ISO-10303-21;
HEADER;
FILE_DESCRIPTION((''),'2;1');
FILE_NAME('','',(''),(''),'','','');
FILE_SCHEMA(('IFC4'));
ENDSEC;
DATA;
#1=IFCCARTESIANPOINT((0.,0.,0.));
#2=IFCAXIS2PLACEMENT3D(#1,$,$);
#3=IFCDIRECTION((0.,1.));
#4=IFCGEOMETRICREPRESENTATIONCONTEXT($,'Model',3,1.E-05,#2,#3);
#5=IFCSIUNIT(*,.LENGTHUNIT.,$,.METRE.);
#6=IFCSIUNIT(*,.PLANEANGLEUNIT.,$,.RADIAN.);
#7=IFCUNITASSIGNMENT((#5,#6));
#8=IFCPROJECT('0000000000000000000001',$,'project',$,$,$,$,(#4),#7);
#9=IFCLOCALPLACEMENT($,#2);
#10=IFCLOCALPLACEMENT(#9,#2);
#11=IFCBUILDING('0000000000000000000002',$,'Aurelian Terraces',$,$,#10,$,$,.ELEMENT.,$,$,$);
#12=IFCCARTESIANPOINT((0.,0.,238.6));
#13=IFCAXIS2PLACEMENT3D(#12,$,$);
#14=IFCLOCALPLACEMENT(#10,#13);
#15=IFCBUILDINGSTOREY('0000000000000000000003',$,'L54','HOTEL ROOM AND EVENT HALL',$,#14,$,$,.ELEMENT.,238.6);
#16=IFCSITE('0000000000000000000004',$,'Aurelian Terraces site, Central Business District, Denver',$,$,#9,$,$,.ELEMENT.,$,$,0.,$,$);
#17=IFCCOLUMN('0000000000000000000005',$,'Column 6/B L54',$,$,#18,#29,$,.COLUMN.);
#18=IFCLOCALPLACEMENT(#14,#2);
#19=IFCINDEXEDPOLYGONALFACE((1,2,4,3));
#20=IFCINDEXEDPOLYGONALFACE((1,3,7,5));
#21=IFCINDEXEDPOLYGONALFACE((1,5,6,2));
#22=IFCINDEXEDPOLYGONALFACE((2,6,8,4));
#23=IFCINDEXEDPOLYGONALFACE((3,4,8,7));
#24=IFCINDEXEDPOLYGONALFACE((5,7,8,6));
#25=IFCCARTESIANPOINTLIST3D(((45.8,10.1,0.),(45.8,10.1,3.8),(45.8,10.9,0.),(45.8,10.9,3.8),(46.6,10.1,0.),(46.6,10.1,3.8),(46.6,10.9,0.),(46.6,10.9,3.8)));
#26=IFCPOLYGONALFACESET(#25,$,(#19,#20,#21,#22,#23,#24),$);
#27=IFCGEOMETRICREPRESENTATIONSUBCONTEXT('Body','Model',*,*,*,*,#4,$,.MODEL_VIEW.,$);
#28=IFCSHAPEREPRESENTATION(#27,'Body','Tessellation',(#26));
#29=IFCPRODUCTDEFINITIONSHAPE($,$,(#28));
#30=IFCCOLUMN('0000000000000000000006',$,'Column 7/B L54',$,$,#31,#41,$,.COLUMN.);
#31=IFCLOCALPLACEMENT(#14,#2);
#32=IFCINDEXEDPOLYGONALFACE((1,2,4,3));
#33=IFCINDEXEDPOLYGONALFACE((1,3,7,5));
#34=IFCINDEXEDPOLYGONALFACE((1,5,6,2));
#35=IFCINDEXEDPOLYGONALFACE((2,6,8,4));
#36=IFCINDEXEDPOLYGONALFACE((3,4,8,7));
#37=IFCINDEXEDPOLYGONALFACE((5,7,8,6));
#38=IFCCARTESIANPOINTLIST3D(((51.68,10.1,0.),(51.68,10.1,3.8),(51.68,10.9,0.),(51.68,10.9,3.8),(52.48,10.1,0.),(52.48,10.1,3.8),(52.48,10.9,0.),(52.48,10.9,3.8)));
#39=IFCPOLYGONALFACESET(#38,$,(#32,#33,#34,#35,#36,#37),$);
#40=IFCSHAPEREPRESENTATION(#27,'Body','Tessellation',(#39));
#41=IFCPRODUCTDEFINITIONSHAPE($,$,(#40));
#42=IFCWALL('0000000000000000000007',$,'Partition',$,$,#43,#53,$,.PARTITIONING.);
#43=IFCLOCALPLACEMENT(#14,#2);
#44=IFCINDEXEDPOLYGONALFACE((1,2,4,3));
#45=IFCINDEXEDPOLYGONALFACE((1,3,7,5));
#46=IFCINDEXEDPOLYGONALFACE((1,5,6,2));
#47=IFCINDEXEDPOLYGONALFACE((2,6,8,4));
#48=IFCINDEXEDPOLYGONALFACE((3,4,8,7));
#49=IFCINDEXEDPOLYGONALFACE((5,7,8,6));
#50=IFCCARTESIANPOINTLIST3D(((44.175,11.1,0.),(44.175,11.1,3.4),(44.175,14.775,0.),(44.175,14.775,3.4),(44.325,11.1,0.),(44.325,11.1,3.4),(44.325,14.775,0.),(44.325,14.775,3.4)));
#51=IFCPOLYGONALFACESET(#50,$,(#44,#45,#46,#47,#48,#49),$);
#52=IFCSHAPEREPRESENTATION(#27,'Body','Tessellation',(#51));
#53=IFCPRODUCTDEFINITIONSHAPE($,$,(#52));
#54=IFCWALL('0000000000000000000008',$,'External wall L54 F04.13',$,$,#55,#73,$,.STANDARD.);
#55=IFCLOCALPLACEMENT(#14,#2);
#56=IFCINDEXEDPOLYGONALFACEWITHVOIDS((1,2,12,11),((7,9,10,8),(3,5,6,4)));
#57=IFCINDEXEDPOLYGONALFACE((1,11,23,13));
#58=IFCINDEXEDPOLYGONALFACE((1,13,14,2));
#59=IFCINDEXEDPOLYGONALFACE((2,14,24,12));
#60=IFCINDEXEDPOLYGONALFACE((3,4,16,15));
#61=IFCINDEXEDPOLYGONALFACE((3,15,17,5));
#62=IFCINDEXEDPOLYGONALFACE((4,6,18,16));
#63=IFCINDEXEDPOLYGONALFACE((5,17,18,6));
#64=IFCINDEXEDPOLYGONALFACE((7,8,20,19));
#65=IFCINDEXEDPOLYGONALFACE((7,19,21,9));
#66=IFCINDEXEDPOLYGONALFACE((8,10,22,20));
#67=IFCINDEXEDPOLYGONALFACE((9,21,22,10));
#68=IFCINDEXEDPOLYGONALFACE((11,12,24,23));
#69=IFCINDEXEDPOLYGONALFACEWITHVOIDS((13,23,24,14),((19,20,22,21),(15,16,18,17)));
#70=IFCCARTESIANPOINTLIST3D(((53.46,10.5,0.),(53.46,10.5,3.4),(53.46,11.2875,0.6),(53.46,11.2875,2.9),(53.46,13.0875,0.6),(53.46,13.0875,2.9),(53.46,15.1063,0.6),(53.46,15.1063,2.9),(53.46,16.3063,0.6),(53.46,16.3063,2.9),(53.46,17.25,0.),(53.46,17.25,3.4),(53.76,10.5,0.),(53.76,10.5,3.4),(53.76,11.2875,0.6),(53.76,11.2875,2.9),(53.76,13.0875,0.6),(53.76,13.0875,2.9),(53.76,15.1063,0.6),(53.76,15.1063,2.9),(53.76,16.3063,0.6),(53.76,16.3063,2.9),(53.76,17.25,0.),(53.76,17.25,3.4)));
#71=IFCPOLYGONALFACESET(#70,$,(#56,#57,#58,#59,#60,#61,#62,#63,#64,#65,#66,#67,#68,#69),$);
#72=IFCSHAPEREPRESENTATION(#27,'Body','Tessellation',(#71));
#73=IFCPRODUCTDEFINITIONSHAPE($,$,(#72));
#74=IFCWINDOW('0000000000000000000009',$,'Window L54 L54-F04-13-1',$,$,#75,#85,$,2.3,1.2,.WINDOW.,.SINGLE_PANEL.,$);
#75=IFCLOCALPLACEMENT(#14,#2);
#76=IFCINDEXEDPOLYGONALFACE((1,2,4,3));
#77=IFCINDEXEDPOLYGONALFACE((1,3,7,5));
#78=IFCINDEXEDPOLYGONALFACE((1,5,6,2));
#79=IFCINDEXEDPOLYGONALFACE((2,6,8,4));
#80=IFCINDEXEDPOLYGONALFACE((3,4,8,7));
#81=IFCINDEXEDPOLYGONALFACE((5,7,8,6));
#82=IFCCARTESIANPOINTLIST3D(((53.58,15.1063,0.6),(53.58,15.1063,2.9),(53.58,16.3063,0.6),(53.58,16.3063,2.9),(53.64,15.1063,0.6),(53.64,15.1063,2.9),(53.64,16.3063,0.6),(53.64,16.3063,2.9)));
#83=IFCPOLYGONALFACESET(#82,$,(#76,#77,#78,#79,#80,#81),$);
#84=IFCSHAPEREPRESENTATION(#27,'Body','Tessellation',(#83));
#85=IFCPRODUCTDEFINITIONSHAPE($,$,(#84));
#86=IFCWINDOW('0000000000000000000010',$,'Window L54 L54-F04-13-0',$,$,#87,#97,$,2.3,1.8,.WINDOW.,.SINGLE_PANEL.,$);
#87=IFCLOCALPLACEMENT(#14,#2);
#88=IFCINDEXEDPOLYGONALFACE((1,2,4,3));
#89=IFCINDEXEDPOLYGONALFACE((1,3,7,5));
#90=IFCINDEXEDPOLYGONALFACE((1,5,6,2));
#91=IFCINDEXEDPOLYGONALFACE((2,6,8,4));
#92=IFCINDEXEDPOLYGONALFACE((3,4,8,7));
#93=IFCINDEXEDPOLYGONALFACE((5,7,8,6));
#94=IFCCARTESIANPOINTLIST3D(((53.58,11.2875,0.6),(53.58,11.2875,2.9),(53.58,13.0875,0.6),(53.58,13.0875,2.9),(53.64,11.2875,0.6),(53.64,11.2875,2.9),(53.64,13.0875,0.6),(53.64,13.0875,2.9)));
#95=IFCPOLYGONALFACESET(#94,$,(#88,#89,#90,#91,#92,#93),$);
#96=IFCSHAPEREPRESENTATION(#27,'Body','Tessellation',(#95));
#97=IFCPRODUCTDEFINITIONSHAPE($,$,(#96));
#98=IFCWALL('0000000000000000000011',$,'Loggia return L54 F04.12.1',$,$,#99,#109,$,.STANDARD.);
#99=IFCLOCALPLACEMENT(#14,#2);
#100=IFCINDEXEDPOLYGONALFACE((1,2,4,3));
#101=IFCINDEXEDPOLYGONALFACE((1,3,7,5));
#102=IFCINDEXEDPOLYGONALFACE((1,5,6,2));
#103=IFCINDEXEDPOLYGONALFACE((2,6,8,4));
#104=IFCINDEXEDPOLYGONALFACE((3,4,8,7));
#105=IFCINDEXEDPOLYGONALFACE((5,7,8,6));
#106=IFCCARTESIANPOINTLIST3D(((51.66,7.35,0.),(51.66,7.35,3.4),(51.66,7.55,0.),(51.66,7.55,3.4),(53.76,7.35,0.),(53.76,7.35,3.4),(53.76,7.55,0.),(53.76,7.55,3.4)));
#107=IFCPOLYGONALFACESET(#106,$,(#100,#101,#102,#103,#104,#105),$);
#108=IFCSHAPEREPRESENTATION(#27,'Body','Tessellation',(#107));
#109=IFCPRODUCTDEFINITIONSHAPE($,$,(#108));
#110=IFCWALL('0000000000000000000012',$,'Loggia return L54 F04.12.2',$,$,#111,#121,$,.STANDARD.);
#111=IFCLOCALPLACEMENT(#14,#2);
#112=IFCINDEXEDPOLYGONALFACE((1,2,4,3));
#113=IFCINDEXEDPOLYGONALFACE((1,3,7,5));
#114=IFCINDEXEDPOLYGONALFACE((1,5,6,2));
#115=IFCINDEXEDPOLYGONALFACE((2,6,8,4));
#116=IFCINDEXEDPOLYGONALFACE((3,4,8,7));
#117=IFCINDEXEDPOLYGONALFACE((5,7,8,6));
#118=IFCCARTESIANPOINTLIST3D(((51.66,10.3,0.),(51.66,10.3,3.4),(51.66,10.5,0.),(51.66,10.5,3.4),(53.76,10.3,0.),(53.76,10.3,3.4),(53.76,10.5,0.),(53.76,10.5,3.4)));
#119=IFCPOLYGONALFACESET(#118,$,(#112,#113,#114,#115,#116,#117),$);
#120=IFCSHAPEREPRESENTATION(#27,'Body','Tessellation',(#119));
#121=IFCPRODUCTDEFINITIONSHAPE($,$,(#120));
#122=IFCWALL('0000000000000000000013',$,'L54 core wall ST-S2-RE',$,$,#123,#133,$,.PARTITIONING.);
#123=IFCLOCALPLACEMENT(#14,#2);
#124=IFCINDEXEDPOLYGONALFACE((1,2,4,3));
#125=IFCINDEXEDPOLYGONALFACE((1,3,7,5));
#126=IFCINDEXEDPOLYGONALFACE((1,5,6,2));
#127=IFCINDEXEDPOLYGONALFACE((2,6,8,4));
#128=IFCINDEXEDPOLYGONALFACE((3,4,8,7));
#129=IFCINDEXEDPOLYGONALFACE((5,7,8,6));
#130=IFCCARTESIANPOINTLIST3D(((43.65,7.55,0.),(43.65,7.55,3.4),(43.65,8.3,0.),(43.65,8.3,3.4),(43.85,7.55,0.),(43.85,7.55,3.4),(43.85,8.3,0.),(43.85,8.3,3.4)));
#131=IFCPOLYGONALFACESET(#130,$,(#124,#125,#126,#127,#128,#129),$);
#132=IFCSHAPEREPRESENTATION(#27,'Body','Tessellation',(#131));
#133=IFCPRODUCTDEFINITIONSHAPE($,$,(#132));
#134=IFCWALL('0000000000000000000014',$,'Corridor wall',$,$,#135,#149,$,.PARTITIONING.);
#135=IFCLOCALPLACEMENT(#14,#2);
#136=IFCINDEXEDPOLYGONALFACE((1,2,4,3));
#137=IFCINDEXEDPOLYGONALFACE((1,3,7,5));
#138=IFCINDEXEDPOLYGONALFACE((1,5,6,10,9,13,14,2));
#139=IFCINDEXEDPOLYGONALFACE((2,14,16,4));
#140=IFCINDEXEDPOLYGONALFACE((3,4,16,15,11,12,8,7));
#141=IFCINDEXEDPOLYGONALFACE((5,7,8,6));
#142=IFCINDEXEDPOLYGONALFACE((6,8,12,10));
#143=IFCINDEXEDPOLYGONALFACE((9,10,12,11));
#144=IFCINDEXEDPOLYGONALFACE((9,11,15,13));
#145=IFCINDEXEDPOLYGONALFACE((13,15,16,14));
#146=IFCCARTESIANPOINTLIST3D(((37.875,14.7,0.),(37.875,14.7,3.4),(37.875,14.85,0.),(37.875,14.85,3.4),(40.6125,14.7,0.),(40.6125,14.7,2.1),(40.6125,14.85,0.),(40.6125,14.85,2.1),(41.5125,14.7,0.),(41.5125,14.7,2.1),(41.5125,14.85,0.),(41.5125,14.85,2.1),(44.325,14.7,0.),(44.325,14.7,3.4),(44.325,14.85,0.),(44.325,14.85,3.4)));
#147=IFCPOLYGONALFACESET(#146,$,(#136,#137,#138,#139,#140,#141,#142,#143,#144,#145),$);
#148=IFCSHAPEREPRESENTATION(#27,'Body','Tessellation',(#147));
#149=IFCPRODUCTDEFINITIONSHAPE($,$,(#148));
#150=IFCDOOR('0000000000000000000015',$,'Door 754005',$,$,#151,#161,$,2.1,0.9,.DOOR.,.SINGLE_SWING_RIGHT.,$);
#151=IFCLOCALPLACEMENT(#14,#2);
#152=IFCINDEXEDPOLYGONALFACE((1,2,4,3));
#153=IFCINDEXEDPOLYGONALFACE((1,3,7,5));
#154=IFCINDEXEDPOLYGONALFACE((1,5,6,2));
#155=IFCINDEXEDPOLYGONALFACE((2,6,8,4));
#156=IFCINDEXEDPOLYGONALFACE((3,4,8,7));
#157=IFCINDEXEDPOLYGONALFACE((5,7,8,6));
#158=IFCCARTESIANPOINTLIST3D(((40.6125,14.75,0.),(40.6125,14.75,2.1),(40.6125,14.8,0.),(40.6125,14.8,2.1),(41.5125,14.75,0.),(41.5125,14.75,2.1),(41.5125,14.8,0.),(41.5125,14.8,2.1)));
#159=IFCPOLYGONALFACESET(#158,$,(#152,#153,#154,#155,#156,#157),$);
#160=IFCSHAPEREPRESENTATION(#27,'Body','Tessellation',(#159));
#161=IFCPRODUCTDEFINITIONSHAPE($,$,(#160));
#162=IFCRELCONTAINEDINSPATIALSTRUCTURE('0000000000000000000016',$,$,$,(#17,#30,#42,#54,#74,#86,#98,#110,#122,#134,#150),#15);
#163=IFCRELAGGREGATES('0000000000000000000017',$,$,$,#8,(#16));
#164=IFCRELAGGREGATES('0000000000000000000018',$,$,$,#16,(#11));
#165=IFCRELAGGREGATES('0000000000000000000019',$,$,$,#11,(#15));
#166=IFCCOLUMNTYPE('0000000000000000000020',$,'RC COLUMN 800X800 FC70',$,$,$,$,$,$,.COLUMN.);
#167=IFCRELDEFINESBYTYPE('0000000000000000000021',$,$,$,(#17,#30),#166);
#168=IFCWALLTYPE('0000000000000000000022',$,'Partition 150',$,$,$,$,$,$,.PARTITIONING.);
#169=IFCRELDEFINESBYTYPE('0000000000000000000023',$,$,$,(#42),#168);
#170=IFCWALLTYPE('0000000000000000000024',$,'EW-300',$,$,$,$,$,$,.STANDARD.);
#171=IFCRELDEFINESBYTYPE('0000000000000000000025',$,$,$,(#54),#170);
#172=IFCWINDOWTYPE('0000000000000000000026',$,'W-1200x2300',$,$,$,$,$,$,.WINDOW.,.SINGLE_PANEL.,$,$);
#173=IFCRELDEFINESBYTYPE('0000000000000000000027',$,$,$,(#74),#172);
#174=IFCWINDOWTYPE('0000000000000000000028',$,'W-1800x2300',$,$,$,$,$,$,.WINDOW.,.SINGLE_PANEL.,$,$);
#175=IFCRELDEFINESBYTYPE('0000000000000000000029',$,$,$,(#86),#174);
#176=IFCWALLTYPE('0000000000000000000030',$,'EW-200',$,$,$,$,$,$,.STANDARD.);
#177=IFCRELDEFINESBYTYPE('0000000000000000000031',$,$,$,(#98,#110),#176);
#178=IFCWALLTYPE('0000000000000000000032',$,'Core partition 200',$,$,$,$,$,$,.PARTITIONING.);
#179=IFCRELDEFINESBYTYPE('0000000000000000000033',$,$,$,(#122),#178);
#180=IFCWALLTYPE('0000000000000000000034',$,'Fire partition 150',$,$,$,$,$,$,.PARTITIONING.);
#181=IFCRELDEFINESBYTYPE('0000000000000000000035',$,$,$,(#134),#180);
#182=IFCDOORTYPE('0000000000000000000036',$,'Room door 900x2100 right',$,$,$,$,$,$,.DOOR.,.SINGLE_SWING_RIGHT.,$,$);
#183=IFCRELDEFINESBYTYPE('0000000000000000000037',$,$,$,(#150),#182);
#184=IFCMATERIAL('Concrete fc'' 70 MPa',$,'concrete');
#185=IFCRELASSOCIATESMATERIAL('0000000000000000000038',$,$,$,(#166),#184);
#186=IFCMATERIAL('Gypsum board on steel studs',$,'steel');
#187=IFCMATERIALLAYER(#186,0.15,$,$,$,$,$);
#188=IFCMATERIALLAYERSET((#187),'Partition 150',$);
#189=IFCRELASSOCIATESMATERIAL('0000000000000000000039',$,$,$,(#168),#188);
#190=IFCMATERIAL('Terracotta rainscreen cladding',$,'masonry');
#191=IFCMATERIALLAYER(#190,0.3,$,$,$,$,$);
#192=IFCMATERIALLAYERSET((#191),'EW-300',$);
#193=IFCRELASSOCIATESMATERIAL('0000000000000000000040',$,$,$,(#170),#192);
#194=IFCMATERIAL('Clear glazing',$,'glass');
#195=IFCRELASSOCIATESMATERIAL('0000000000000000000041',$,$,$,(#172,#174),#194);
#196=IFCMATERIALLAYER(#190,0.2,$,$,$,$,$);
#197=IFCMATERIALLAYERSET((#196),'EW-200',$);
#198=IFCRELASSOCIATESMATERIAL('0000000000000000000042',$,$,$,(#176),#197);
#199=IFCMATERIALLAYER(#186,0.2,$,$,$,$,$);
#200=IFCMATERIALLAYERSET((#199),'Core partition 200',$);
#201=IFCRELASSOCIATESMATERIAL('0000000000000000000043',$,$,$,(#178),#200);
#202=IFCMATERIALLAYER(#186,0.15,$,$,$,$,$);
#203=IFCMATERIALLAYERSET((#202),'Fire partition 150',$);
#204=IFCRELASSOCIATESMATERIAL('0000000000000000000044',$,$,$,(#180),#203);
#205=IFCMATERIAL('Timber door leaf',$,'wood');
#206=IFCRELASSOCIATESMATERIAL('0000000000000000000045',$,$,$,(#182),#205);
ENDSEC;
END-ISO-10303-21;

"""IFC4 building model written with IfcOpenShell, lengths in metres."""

from ifc_helpers import new_model, si_unit, direction, frame, frame_2d, origin, origin_2d, place, context, subcontext, project, spatial, rectangle, extrude, source, transform, mapped, material, layer, layer_set, material_profile, profile_set, type_object, element, fill, save


model = new_model("IFC4")

# Units and contexts
model_context = context("Model", 3, precision=1e-05, world=origin(), true_north=direction((0.0, 1.0)))
body_context = subcontext(model_context, "Body", "Model", "MODEL_VIEW")
ifc_project = project(units=[si_unit("LENGTHUNIT", "METRE"), si_unit("PLANEANGLEUNIT", "RADIAN")], contexts=[model_context])

# Site, building, storey
site_placement = place(None, origin())
site = spatial("IfcSite", under=ifc_project, at=site_placement, Name="Aurelian Terraces site, Central Business District, Denver", CompositionType="ELEMENT", RefElevation=0.0)
building_placement = place(site_placement, origin())
building = spatial("IfcBuilding", under=site, at=building_placement, Name="Aurelian Terraces", CompositionType="ELEMENT")
storey_placement = place(building_placement, frame((0.0, 0.0, 238.6)))
storey = spatial("IfcBuildingStorey", under=building, at=storey_placement, Name="L54", Description="HOTEL ROOM AND EVENT HALL", CompositionType="ELEMENT", Elevation=238.6)

# Columns
ifc_material_1 = material(Name="Concrete fc' 70 MPa", Category="concrete")
ifc_material_profile = material_profile(ifc_material_1, rectangle(XDim=0.8, YDim=0.8, at=origin_2d()))
ifc_profile_set = profile_set([ifc_material_profile], Name="Concrete fc' 70 MPa")
column_type = type_object("IfcColumnType", Name="RC COLUMN 800X800 FC70", PredefinedType="COLUMN", material=ifc_profile_set)
shared_shape_1 = source(origin(), body_context, "Body", "SweptSolid", [
    extrude(rectangle(XDim=0.8, YDim=0.8, at=origin_2d()), origin(), (0.0, 0.0, 1.0), 3.8),
])
for number, where, z_axis, x_axis, name in (
    (1, (46.2, 10.5, 0.0), (0.0, 0.0, 1.0), (1.0, 0.0, 0.0), "Column 6/B L54"),
    (2, (52.08, 10.5, 0.0), (0.0, 0.0, 1.0), (1.0, 0.0, 0.0), "Column 7/B L54"),
):
    element("IfcColumn", number, at=place(storey_placement, frame(where, z_axis=z_axis, x_axis=x_axis)), inside=storey, type_object=column_type, Name=name, PredefinedType="COLUMN", context=body_context, shape_type="MappedRepresentation", body=[
        mapped(shared_shape_1, transform((0.0, 0.0, 0.0), scale=1.0)),
    ])

# Wall
ifc_material_2 = material(Name="Gypsum board on steel studs", Category="steel")
ifc_layer_1 = layer(ifc_material_2, 0.15)
ifc_layer_set_1 = layer_set([ifc_layer_1], Name="Partition 150")
wall_type_1 = type_object("IfcWallType", Name="Partition 150", PredefinedType="PARTITIONING", material=ifc_layer_set_1)
wall_1_placement = place(storey_placement, frame((44.25, 11.1, 0.0), z_axis=(0.0, 0.0, 1.0), x_axis=(0.0, 1.0, 0.0)))
element("IfcWall", 3, at=wall_1_placement, inside=storey, type_object=wall_type_1, Name="Partition", PredefinedType="PARTITIONING", context=body_context, shape_type="SweptSolid", body=[
    extrude(rectangle(XDim=3.675, YDim=0.15, at=frame_2d((1.8375, 0.0))), origin(), (0.0, 0.0, 1.0), 3.4),
])

# Wall, openings, windows
ifc_material_3 = material(Name="Terracotta rainscreen cladding", Category="masonry")
ifc_layer_2 = layer(ifc_material_3, 0.3)
ifc_layer_set_2 = layer_set([ifc_layer_2], Name="EW-300")
wall_type_2 = type_object("IfcWallType", Name="EW-300", PredefinedType="STANDARD", material=ifc_layer_set_2)
shared_shape_2 = source(origin(), body_context, "Body", "SweptSolid", [
    extrude(rectangle(XDim=6.75, YDim=0.3, at=frame_2d((3.375, 0.0))), origin(), (0.0, 0.0, 1.0), 3.4),
])
wall_2_placement = place(storey_placement, frame((53.61, 10.5, 0.0), z_axis=(0.0, 0.0, 1.0), x_axis=(0.0, 1.0, 0.0)))
wall_2 = element("IfcWall", 4, at=wall_2_placement, inside=storey, type_object=wall_type_2, Name="External wall L54 F04.13", PredefinedType="STANDARD", context=body_context, shape_type="MappedRepresentation", body=[
    mapped(shared_shape_2, transform((0.0, 0.0, 0.0), scale=1.0)),
])
shared_shape_3 = source(origin(), body_context, "Body", "SweptSolid", [
    extrude(rectangle(XDim=1.8, YDim=2.3, at=frame_2d((0.9, 1.15))), frame((0.0, 0.16, 0.0), z_axis=(0.0, -1.0, 0.0), x_axis=(1.0, 0.0, 0.0)), (0.0, 0.0, 1.0), 0.32),
])
opening_1_placement = place(wall_2_placement, frame((0.7875, 0.0, 0.6)))
opening_1 = element("IfcOpeningElement", 5, at=opening_1_placement, cuts=wall_2, PredefinedType="OPENING", context=body_context, shape_type="MappedRepresentation", body=[
    mapped(shared_shape_3, transform((0.0, 0.0, 0.0), scale=1.0)),
])
shared_shape_4 = source(origin(), body_context, "Body", "SweptSolid", [
    extrude(rectangle(XDim=1.2, YDim=2.3, at=frame_2d((0.6, 1.15))), frame((0.0, 0.16, 0.0), z_axis=(0.0, -1.0, 0.0), x_axis=(1.0, 0.0, 0.0)), (0.0, 0.0, 1.0), 0.32),
])
opening_2_placement = place(wall_2_placement, frame((4.6063, 0.0, 0.6)))
opening_2 = element("IfcOpeningElement", 6, at=opening_2_placement, cuts=wall_2, PredefinedType="OPENING", context=body_context, shape_type="MappedRepresentation", body=[
    mapped(shared_shape_4, transform((0.0, 0.0, 0.0), scale=1.0)),
])
ifc_material_4 = material(Name="Clear glazing", Category="glass")
window_type_1 = type_object("IfcWindowType", Name="W-1200x2300", PartitioningType="SINGLE_PANEL", PredefinedType="WINDOW", material=ifc_material_4)
shared_shape_5 = source(origin(), body_context, "Body", "SweptSolid", [
    extrude(rectangle(XDim=1.2, YDim=2.3, at=frame_2d((0.6, 1.15))), frame((0.0, 0.03, 0.0), z_axis=(0.0, -1.0, 0.0), x_axis=(1.0, 0.0, 0.0)), (0.0, 0.0, 1.0), 0.06),
])
window_1_placement = place(opening_2_placement, origin())
window_1 = element("IfcWindow", 7, at=window_1_placement, inside=storey, type_object=window_type_1, Name="Window L54 L54-F04-13-1", OverallHeight=2.3, OverallWidth=1.2, PartitioningType="SINGLE_PANEL", PredefinedType="WINDOW", context=body_context, shape_type="MappedRepresentation", body=[
    mapped(shared_shape_5, transform((0.0, 0.0, 0.0), scale=1.0)),
])
fill(opening_2, window_1)
window_type_2 = type_object("IfcWindowType", Name="W-1800x2300", PartitioningType="SINGLE_PANEL", PredefinedType="WINDOW", material=ifc_material_4)
shared_shape_6 = source(origin(), body_context, "Body", "SweptSolid", [
    extrude(rectangle(XDim=1.8, YDim=2.3, at=frame_2d((0.9, 1.15))), frame((0.0, 0.03, 0.0), z_axis=(0.0, -1.0, 0.0), x_axis=(1.0, 0.0, 0.0)), (0.0, 0.0, 1.0), 0.06),
])
window_2_placement = place(opening_1_placement, origin())
window_2 = element("IfcWindow", 8, at=window_2_placement, inside=storey, type_object=window_type_2, Name="Window L54 L54-F04-13-0", OverallHeight=2.3, OverallWidth=1.8, PartitioningType="SINGLE_PANEL", PredefinedType="WINDOW", context=body_context, shape_type="MappedRepresentation", body=[
    mapped(shared_shape_6, transform((0.0, 0.0, 0.0), scale=1.0)),
])
fill(opening_1, window_2)

# Walls
ifc_layer_3 = layer(ifc_material_3, 0.2)
ifc_layer_set_3 = layer_set([ifc_layer_3], Name="EW-200")
wall_type_3 = type_object("IfcWallType", Name="EW-200", PredefinedType="STANDARD", material=ifc_layer_set_3)
shared_shape_7 = source(origin(), body_context, "Body", "SweptSolid", [
    extrude(rectangle(XDim=2.1, YDim=0.2, at=frame_2d((1.05, 0.0))), origin(), (0.0, 0.0, 1.0), 3.4),
])
for number, where, z_axis, x_axis, name in (
    (9, (53.76, 7.45, 0.0), (0.0, 0.0, 1.0), (-1.0, 0.0, 0.0), "Loggia return L54 F04.12.1"),
    (10, (53.76, 10.4, 0.0), (0.0, 0.0, 1.0), (-1.0, 0.0, 0.0), "Loggia return L54 F04.12.2"),
):
    element("IfcWall", number, at=place(storey_placement, frame(where, z_axis=z_axis, x_axis=x_axis)), inside=storey, type_object=wall_type_3, Name=name, PredefinedType="STANDARD", context=body_context, shape_type="MappedRepresentation", body=[
        mapped(shared_shape_7, transform((0.0, 0.0, 0.0), scale=1.0)),
    ])
ifc_layer_4 = layer(ifc_material_2, 0.2)
ifc_layer_set_4 = layer_set([ifc_layer_4], Name="Core partition 200")
wall_type_4 = type_object("IfcWallType", Name="Core partition 200", PredefinedType="PARTITIONING", material=ifc_layer_set_4)
shared_shape_8 = source(origin(), body_context, "Body", "SweptSolid", [
    extrude(rectangle(XDim=0.75, YDim=0.2, at=frame_2d((0.375, 0.0))), origin(), (0.0, 0.0, 1.0), 3.4),
])
wall_3_placement = place(storey_placement, frame((43.75, 7.55, 0.0), z_axis=(0.0, 0.0, 1.0), x_axis=(0.0, 1.0, 0.0)))
element("IfcWall", 11, at=wall_3_placement, inside=storey, type_object=wall_type_4, Name="L54 core wall ST-S2-RE", PredefinedType="PARTITIONING", context=body_context, shape_type="MappedRepresentation", body=[
    mapped(shared_shape_8, transform((0.0, 0.0, 0.0), scale=1.0)),
])

# Wall, opening, door
ifc_layer_5 = layer(ifc_material_2, 0.15)
ifc_layer_set_5 = layer_set([ifc_layer_5], Name="Fire partition 150")
wall_type_5 = type_object("IfcWallType", Name="Fire partition 150", PredefinedType="PARTITIONING", material=ifc_layer_set_5)
shared_shape_9 = source(origin(), body_context, "Body", "SweptSolid", [
    extrude(rectangle(XDim=6.45, YDim=0.15, at=frame_2d((3.225, 0.0))), origin(), (0.0, 0.0, 1.0), 3.4),
])
wall_4_placement = place(storey_placement, frame((44.325, 14.775, 0.0), z_axis=(0.0, 0.0, 1.0), x_axis=(-1.0, 0.0, 0.0)))
wall_4 = element("IfcWall", 12, at=wall_4_placement, inside=storey, type_object=wall_type_5, Name="Corridor wall", PredefinedType="PARTITIONING", context=body_context, shape_type="MappedRepresentation", body=[
    mapped(shared_shape_9, transform((0.0, 0.0, 0.0), scale=1.0)),
])
shared_shape_10 = source(origin(), body_context, "Body", "SweptSolid", [
    extrude(rectangle(XDim=0.9, YDim=2.1, at=frame_2d((0.45, 1.05))), frame((0.0, 0.085, 0.0), z_axis=(0.0, -1.0, 0.0), x_axis=(1.0, 0.0, 0.0)), (0.0, 0.0, 1.0), 0.17),
])
opening_3_placement = place(wall_4_placement, frame((2.8125, 0.0, 0.0)))
opening_3 = element("IfcOpeningElement", 13, at=opening_3_placement, cuts=wall_4, PredefinedType="OPENING", context=body_context, shape_type="MappedRepresentation", body=[
    mapped(shared_shape_10, transform((0.0, 0.0, 0.0), scale=1.0)),
])
ifc_material_5 = material(Name="Timber door leaf", Category="wood")
door_type_1 = type_object("IfcDoorType", Name="Room door 900x2100 right", OperationType="SINGLE_SWING_RIGHT", PredefinedType="DOOR", material=ifc_material_5)
shared_shape_11 = source(origin(), body_context, "Body", "SweptSolid", [
    extrude(rectangle(XDim=0.9, YDim=2.1, at=frame_2d((0.45, 1.05))), frame((0.0, 0.025, 0.0), z_axis=(0.0, -1.0, 0.0), x_axis=(1.0, 0.0, 0.0)), (0.0, 0.0, 1.0), 0.05),
])
door_1_placement = place(opening_3_placement, origin())
door_1 = element("IfcDoor", 14, at=door_1_placement, inside=storey, type_object=door_type_1, Name="Door 754005", OperationType="SINGLE_SWING_RIGHT", OverallHeight=2.1, OverallWidth=0.9, PredefinedType="DOOR", context=body_context, shape_type="MappedRepresentation", body=[
    mapped(shared_shape_11, transform((0.0, 0.0, 0.0), scale=1.0)),
])
fill(opening_3, door_1)

save(model, "model.ifc")
